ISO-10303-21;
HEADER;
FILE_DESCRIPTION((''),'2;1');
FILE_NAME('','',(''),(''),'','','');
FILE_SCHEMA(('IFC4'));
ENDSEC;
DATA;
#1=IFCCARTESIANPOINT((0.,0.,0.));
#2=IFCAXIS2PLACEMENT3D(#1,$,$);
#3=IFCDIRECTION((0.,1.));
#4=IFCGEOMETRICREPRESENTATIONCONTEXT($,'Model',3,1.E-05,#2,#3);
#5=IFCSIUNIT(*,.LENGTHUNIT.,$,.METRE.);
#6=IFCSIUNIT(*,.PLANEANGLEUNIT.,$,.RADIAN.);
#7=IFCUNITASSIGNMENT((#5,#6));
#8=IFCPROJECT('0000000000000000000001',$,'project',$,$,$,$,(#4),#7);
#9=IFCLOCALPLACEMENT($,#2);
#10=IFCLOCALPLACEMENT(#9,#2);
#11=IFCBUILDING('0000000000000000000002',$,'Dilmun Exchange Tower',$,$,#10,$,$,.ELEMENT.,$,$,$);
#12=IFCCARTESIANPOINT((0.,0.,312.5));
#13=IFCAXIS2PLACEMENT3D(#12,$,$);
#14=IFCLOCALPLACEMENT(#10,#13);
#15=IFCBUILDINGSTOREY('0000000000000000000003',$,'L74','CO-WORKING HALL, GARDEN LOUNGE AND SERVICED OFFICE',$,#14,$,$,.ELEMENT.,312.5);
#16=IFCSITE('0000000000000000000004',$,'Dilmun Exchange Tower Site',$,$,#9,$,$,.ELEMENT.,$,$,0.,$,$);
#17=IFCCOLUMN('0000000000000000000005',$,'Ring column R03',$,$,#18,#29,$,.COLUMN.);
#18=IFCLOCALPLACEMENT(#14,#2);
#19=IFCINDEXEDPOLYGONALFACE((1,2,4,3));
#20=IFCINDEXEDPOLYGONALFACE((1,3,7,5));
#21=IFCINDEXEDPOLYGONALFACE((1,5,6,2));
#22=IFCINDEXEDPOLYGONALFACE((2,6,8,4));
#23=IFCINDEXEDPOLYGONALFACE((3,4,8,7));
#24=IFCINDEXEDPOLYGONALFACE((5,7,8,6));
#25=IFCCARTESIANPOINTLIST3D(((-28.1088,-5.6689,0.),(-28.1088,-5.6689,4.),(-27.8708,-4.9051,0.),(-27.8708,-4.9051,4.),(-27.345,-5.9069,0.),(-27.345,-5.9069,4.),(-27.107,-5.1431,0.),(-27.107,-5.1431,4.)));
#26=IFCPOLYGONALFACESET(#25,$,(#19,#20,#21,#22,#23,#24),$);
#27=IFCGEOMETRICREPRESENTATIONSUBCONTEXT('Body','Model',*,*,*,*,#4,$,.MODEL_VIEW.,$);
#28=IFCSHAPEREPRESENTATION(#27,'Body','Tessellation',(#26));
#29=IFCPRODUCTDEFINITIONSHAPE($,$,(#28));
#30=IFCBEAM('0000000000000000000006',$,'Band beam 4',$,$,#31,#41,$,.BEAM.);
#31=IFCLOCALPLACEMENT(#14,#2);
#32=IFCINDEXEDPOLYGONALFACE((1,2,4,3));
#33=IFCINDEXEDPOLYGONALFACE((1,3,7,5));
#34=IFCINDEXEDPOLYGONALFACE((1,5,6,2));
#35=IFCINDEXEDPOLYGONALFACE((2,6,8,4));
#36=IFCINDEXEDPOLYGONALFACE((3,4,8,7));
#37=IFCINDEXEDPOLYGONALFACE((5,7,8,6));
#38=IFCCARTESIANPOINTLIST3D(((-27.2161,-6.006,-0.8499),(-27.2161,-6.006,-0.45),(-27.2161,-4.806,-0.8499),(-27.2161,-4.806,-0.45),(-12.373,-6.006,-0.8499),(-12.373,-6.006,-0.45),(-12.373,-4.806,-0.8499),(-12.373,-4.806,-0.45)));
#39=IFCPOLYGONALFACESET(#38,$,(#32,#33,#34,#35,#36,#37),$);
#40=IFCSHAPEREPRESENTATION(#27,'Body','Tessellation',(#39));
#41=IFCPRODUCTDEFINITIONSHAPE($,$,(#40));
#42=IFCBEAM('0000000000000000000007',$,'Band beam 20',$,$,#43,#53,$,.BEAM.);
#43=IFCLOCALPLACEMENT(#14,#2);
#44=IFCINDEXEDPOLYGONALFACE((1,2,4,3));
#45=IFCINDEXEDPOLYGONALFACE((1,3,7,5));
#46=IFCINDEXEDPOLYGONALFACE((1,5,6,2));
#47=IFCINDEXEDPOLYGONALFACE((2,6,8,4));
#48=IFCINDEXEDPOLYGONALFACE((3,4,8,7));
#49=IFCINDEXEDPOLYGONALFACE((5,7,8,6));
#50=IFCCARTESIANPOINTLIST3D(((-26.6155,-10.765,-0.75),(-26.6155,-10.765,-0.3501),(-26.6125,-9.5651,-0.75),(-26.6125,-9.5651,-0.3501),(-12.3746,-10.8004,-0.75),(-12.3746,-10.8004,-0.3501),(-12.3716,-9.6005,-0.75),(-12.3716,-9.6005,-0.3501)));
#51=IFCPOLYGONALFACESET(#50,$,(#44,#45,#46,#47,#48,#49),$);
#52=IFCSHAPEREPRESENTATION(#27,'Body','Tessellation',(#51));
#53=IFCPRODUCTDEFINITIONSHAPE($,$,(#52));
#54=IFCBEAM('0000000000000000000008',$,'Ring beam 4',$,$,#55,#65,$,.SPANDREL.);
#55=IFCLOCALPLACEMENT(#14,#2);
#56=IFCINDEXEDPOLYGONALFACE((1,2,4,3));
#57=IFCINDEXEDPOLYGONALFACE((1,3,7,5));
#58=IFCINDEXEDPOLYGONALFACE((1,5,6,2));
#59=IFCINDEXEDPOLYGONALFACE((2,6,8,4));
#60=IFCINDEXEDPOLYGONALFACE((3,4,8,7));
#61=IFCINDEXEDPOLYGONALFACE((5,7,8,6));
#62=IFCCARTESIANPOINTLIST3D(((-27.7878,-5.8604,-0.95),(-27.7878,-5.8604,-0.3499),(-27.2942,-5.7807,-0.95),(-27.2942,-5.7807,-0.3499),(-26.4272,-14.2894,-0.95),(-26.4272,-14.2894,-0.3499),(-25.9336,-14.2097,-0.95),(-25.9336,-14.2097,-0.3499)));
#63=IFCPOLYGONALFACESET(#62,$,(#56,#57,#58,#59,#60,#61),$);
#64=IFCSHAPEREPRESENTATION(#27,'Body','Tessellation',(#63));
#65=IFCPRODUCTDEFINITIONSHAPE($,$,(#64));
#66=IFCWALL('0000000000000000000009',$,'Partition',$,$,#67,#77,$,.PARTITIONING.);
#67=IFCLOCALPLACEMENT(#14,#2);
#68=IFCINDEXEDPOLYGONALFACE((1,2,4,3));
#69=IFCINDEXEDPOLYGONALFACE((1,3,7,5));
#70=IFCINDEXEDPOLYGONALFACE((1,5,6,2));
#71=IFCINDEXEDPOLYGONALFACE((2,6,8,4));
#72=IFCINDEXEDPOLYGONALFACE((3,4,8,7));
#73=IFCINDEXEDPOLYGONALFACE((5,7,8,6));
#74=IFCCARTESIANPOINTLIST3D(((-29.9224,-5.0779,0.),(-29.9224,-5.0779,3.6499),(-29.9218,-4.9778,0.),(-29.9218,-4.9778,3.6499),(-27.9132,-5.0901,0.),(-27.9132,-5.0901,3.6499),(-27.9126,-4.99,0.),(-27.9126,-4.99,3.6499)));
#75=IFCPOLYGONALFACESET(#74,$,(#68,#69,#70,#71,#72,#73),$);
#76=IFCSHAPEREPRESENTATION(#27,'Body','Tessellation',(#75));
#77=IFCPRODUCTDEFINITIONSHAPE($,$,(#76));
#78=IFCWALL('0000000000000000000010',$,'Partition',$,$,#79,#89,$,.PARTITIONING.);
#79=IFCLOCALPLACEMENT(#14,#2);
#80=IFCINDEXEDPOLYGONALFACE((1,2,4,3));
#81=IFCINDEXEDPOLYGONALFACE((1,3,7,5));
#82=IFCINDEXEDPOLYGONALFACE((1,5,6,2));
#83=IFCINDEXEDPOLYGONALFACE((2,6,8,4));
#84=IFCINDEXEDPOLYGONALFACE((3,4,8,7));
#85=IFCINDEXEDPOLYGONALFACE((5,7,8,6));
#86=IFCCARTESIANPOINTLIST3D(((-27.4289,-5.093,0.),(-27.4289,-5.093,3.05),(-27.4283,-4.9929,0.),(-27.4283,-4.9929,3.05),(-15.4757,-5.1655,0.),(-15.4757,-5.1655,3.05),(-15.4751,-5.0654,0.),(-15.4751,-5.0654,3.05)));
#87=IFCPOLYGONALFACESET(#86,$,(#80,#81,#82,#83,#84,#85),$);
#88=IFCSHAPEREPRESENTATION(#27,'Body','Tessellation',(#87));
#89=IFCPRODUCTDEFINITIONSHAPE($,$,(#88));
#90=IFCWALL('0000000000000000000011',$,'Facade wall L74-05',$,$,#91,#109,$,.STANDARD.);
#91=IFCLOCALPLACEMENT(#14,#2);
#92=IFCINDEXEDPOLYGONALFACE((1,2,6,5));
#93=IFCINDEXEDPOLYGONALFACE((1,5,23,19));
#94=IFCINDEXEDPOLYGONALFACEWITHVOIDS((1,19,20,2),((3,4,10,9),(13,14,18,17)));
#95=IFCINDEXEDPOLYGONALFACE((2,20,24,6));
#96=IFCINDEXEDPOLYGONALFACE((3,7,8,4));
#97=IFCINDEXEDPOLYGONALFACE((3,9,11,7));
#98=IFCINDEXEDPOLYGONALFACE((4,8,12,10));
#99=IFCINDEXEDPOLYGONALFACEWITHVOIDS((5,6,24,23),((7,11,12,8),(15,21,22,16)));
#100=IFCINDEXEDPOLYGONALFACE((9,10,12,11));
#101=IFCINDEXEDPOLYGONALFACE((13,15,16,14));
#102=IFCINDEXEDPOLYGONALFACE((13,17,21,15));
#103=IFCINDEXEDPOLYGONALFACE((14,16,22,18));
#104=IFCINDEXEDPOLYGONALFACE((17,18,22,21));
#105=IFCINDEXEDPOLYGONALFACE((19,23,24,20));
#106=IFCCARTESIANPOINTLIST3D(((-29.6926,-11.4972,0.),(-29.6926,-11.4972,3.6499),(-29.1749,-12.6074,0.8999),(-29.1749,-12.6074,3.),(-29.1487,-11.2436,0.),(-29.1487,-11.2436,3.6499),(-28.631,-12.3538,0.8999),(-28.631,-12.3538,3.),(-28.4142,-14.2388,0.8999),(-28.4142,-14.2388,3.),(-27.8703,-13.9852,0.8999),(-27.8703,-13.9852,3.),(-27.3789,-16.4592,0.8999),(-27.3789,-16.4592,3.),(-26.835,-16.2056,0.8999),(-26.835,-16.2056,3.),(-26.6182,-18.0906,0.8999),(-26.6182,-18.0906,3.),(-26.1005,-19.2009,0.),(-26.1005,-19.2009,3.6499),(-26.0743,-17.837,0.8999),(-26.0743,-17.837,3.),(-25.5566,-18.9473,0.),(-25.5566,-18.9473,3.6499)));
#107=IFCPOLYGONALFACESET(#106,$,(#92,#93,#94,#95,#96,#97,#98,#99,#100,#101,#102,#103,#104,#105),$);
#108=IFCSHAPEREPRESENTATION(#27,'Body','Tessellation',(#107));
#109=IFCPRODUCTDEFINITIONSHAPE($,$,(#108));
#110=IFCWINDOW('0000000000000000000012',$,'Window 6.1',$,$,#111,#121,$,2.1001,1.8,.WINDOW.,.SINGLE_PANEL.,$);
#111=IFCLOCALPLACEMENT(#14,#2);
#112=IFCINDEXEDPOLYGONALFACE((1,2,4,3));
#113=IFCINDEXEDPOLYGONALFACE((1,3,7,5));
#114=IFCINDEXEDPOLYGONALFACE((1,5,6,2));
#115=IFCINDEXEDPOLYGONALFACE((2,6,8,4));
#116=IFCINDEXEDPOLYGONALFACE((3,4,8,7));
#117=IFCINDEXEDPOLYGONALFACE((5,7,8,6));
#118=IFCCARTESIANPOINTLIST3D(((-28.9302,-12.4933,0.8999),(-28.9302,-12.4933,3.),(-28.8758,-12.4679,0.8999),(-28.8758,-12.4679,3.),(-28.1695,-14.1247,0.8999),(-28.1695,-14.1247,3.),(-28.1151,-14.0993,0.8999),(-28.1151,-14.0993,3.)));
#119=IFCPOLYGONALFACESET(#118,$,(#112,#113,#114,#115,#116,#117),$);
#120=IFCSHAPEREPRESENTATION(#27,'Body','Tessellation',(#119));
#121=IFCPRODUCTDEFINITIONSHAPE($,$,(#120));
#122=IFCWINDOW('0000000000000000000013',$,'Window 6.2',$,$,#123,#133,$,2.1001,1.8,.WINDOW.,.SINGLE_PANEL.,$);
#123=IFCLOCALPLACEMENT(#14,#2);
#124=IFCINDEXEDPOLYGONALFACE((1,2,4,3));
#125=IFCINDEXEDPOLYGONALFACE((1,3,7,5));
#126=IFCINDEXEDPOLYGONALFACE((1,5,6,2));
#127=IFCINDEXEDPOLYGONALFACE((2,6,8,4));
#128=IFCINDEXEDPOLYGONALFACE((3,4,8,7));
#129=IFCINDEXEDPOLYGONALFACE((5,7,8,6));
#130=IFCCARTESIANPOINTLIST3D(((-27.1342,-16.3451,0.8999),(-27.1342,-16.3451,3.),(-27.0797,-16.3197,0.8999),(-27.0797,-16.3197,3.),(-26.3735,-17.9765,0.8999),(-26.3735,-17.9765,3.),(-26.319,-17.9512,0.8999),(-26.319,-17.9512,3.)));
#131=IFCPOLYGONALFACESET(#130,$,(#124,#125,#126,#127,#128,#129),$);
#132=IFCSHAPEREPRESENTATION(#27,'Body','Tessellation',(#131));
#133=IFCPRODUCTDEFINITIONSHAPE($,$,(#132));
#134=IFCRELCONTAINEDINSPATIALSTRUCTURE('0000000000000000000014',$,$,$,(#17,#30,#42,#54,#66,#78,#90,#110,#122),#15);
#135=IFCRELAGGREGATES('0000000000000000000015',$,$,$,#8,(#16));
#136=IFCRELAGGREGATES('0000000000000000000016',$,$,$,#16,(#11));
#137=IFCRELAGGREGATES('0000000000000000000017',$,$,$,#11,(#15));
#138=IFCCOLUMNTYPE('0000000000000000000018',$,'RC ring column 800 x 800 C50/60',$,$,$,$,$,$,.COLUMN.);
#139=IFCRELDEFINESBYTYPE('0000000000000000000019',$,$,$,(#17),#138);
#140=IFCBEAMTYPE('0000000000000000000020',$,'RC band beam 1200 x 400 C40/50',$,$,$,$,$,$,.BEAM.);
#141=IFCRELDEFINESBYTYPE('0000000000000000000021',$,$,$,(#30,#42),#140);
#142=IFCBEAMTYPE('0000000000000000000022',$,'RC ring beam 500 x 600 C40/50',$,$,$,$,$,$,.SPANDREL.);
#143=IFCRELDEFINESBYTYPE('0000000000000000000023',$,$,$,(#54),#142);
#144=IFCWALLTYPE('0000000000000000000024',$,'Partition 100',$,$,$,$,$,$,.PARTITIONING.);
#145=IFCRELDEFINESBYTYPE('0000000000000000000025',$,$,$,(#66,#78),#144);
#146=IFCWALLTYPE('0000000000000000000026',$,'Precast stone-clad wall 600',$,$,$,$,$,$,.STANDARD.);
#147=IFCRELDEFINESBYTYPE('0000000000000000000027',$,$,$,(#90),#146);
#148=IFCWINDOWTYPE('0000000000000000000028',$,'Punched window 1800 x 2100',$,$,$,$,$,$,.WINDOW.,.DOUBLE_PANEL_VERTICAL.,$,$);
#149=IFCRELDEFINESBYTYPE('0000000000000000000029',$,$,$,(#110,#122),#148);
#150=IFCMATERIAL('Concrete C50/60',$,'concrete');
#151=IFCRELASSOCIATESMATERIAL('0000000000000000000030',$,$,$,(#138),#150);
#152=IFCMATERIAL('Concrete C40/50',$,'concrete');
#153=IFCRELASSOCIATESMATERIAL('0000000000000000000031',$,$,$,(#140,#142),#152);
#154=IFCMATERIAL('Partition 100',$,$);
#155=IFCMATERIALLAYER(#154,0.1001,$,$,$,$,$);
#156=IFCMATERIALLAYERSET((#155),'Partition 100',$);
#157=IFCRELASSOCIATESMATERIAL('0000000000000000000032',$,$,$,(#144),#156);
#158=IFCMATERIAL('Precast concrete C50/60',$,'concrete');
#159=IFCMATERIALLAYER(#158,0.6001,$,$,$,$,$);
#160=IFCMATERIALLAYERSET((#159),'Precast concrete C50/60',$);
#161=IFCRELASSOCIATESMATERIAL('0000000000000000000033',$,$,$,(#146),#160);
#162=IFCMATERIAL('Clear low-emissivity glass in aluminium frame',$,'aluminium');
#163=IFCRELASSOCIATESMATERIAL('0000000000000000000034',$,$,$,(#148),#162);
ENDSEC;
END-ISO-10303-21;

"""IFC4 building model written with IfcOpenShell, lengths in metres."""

from ifc_helpers import new_model, si_unit, direction, frame, frame_2d, origin, origin_2d, place, context, subcontext, project, spatial, rectangle, extrude, material, layer, layer_set, material_profile, profile_set, type_object, element, fill, save


model = new_model("IFC4")

# Units and contexts
model_context = context("Model", 3, precision=1e-05, world=origin(), true_north=direction((0.0, 1.0)))
body_context = subcontext(model_context, "Body", "Model", "MODEL_VIEW")
ifc_project = project(units=[si_unit("LENGTHUNIT", "METRE"), si_unit("PLANEANGLEUNIT", "RADIAN")], contexts=[model_context])

# Site, building, storey
site_placement = place(None, origin())
site = spatial("IfcSite", under=ifc_project, at=site_placement, Name="Dilmun Exchange Tower Site", CompositionType="ELEMENT", RefElevation=0.0)
building_placement = place(site_placement, origin())
building = spatial("IfcBuilding", under=site, at=building_placement, Name="Dilmun Exchange Tower", CompositionType="ELEMENT")
storey_placement = place(building_placement, frame((0.0, 0.0, 312.5)))
storey = spatial("IfcBuildingStorey", under=building, at=storey_placement, Name="L74", Description="CO-WORKING HALL, GARDEN LOUNGE AND SERVICED OFFICE", CompositionType="ELEMENT", Elevation=312.5)

# Column
ifc_material_1 = material(Name="Concrete C50/60", Category="concrete")
ifc_material_profile_1 = material_profile(ifc_material_1, rectangle(XDim=0.8, YDim=0.8, at=origin_2d()), Name="800 x 800")
ifc_profile_set_1 = profile_set([ifc_material_profile_1], Name="Concrete C50/60")
column_type = type_object("IfcColumnType", Name="RC ring column 800 x 800 C50/60", PredefinedType="COLUMN", material=ifc_profile_set_1)
column_placement = place(storey_placement, frame((-27.6079, -5.406, 0.0), z_axis=(0.0, 0.0, 1.0), x_axis=(0.297503, 0.954721, 0.0)))
element("IfcColumn", 1, at=column_placement, inside=storey, type_object=column_type, Name="Ring column R03", PredefinedType="COLUMN", context=body_context, shape_type="SweptSolid", body=[
    extrude(rectangle(XDim=0.8, YDim=0.8, at=origin_2d()), origin(), (0.0, 0.0, 1.0), 4.0),
])

# Beams
ifc_material_2 = material(Name="Concrete C40/50", Category="concrete")
ifc_material_profile_2 = material_profile(ifc_material_2, rectangle(XDim=1.2, YDim=0.3999, at=origin_2d()), Name="1200 x 400")
ifc_profile_set_2 = profile_set([ifc_material_profile_2], Name="Concrete C40/50")
beam_type_1 = type_object("IfcBeamType", Name="RC band beam 1200 x 400 C40/50", PredefinedType="BEAM", material=ifc_profile_set_2)
beam_1_placement = place(storey_placement, frame((-27.2161, -5.406, -0.6499), z_axis=(1.0, 0.0, 0.0), x_axis=(0.0, 1.0, 0.0)))
element("IfcBeam", 2, at=beam_1_placement, inside=storey, type_object=beam_type_1, Name="Band beam 4", PredefinedType="BEAM", context=body_context, shape_type="SweptSolid", body=[
    extrude(rectangle(XDim=1.2, YDim=0.3999, at=origin_2d()), origin(), (0.0, 0.0, 1.0), 14.843),
])
beam_2_placement = place(storey_placement, frame((-26.614, -10.165, -0.55), z_axis=(0.999997, -0.002486, 0.0), x_axis=(0.002486, 0.999997, 0.0)))
element("IfcBeam", 3, at=beam_2_placement, inside=storey, type_object=beam_type_1, Name="Band beam 20", PredefinedType="BEAM", context=body_context, shape_type="SweptSolid", body=[
    extrude(rectangle(XDim=1.2, YDim=0.3999, at=origin_2d()), origin(), (0.0, 0.0, 1.0), 14.241),
])
ifc_material_profile_3 = material_profile(ifc_material_2, rectangle(XDim=0.5, YDim=0.6001, at=origin_2d()), Name="500 x 600")
ifc_profile_set_3 = profile_set([ifc_material_profile_3], Name="Concrete C40/50")
beam_type_2 = type_object("IfcBeamType", Name="RC ring beam 500 x 600 C40/50", PredefinedType="SPANDREL", material=ifc_profile_set_3)
beam_3_placement = place(storey_placement, frame((-27.541, -5.8206, -0.6499), z_axis=(0.159357, -0.987221, 0.0), x_axis=(0.987221, 0.159357, 0.0)))
element("IfcBeam", 4, at=beam_3_placement, inside=storey, type_object=beam_type_2, Name="Ring beam 4", PredefinedType="SPANDREL", context=body_context, shape_type="SweptSolid", body=[
    extrude(rectangle(XDim=0.5, YDim=0.6001, at=origin_2d()), origin(), (0.0, 0.0, 1.0), 8.5381),
])

# Walls
ifc_material_3 = material(Name="Partition 100")
ifc_layer_1 = layer(ifc_material_3, 0.1001)
ifc_layer_set_1 = layer_set([ifc_layer_1], Name="Partition 100")
wall_type_1 = type_object("IfcWallType", Name="Partition 100", PredefinedType="PARTITIONING", material=ifc_layer_set_1)
wall_1_placement = place(storey_placement, frame((-29.9221, -5.0278, 0.0), z_axis=(0.0, 0.0, 1.0), x_axis=(0.999982, -0.006075, 0.0)))
element("IfcWall", 5, at=wall_1_placement, inside=storey, type_object=wall_type_1, Name="Partition", PredefinedType="PARTITIONING", context=body_context, shape_type="SweptSolid", body=[
    extrude(rectangle(XDim=2.0093, YDim=0.1001, at=frame_2d((1.0046, 0.0))), origin(), (0.0, 0.0, 1.0), 3.6499),
])
wall_2_placement = place(storey_placement, frame((-27.4285, -5.043, 0.0), z_axis=(0.0, 0.0, 1.0), x_axis=(0.999982, -0.006066, 0.0)))
element("IfcWall", 6, at=wall_2_placement, inside=storey, type_object=wall_type_1, Name="Partition", PredefinedType="PARTITIONING", context=body_context, shape_type="SweptSolid", body=[
    extrude(rectangle(XDim=11.9534, YDim=0.1001, at=frame_2d((5.9766, 0.0))), origin(), (0.0, 0.0, 1.0), 3.05),
])

# Wall, openings, windows
ifc_material_4 = material(Name="Precast concrete C50/60", Category="concrete")
ifc_layer_2 = layer(ifc_material_4, 0.6001)
ifc_layer_set_2 = layer_set([ifc_layer_2], Name="Precast concrete C50/60")
wall_type_2 = type_object("IfcWallType", Name="Precast stone-clad wall 600", PredefinedType="STANDARD", material=ifc_layer_set_2)
wall_3_placement = place(storey_placement, frame((-29.4207, -11.3704, 0.0), z_axis=(0.0, 0.0, 1.0), x_axis=(0.422598, -0.906317, 0.0)))
wall_3 = element("IfcWall", 7, at=wall_3_placement, inside=storey, type_object=wall_type_2, Name="Facade wall L74-05", PredefinedType="STANDARD", context=body_context, shape_type="SweptSolid", body=[
    extrude(rectangle(XDim=8.5, YDim=0.6001, at=frame_2d((4.25, 0.0))), origin(), (0.0, 0.0, 1.0), 3.6499),
])
opening_1_placement = place(wall_3_placement, frame((1.2251, 0.0, 0.8999)))
opening_1 = element("IfcOpeningElement", 8, at=opening_1_placement, cuts=wall_3, PredefinedType="OPENING", context=body_context, shape_type="SweptSolid", body=[
    extrude(rectangle(XDim=1.8, YDim=2.1001, at=frame_2d((0.8999, 1.05))), frame((0.0, 0.3101, 0.0), z_axis=(0.0, -1.0, 0.0), x_axis=(1.0, 0.0, 0.0)), (0.0, 0.0, 1.0), 0.6201),
])
opening_2_placement = place(wall_3_placement, frame((5.4751, 0.0, 0.8999)))
opening_2 = element("IfcOpeningElement", 9, at=opening_2_placement, cuts=wall_3, PredefinedType="OPENING", context=body_context, shape_type="SweptSolid", body=[
    extrude(rectangle(XDim=1.8, YDim=2.1001, at=frame_2d((0.8999, 1.05))), frame((0.0, 0.3101, 0.0), z_axis=(0.0, -1.0, 0.0), x_axis=(1.0, 0.0, 0.0)), (0.0, 0.0, 1.0), 0.6201),
])
ifc_material_5 = material(Name="Clear low-emissivity glass in aluminium frame", Category="aluminium")
window_type = type_object("IfcWindowType", Name="Punched window 1800 x 2100", PartitioningType="DOUBLE_PANEL_VERTICAL", PredefinedType="WINDOW", material=ifc_material_5)
window_1_placement = place(opening_1_placement, origin())
window_1 = element("IfcWindow", 10, at=window_1_placement, inside=storey, type_object=window_type, Name="Window 6.1", OverallHeight=2.1001, OverallWidth=1.8, PartitioningType="SINGLE_PANEL", PredefinedType="WINDOW", context=body_context, shape_type="SweptSolid", body=[
    extrude(rectangle(XDim=1.8, YDim=2.1001, at=frame_2d((0.8999, 1.05))), frame((0.0, 0.03, 0.0), z_axis=(0.0, -1.0, 0.0), x_axis=(1.0, 0.0, 0.0)), (0.0, 0.0, 1.0), 0.0601),
])
fill(opening_1, window_1)
window_2_placement = place(opening_2_placement, origin())
window_2 = element("IfcWindow", 11, at=window_2_placement, inside=storey, type_object=window_type, Name="Window 6.2", OverallHeight=2.1001, OverallWidth=1.8, PartitioningType="SINGLE_PANEL", PredefinedType="WINDOW", context=body_context, shape_type="SweptSolid", body=[
    extrude(rectangle(XDim=1.8, YDim=2.1001, at=frame_2d((0.8999, 1.05))), frame((0.0, 0.03, 0.0), z_axis=(0.0, -1.0, 0.0), x_axis=(1.0, 0.0, 0.0)), (0.0, 0.0, 1.0), 0.0601),
])
fill(opening_2, window_2)

save(model, "model.ifc")
